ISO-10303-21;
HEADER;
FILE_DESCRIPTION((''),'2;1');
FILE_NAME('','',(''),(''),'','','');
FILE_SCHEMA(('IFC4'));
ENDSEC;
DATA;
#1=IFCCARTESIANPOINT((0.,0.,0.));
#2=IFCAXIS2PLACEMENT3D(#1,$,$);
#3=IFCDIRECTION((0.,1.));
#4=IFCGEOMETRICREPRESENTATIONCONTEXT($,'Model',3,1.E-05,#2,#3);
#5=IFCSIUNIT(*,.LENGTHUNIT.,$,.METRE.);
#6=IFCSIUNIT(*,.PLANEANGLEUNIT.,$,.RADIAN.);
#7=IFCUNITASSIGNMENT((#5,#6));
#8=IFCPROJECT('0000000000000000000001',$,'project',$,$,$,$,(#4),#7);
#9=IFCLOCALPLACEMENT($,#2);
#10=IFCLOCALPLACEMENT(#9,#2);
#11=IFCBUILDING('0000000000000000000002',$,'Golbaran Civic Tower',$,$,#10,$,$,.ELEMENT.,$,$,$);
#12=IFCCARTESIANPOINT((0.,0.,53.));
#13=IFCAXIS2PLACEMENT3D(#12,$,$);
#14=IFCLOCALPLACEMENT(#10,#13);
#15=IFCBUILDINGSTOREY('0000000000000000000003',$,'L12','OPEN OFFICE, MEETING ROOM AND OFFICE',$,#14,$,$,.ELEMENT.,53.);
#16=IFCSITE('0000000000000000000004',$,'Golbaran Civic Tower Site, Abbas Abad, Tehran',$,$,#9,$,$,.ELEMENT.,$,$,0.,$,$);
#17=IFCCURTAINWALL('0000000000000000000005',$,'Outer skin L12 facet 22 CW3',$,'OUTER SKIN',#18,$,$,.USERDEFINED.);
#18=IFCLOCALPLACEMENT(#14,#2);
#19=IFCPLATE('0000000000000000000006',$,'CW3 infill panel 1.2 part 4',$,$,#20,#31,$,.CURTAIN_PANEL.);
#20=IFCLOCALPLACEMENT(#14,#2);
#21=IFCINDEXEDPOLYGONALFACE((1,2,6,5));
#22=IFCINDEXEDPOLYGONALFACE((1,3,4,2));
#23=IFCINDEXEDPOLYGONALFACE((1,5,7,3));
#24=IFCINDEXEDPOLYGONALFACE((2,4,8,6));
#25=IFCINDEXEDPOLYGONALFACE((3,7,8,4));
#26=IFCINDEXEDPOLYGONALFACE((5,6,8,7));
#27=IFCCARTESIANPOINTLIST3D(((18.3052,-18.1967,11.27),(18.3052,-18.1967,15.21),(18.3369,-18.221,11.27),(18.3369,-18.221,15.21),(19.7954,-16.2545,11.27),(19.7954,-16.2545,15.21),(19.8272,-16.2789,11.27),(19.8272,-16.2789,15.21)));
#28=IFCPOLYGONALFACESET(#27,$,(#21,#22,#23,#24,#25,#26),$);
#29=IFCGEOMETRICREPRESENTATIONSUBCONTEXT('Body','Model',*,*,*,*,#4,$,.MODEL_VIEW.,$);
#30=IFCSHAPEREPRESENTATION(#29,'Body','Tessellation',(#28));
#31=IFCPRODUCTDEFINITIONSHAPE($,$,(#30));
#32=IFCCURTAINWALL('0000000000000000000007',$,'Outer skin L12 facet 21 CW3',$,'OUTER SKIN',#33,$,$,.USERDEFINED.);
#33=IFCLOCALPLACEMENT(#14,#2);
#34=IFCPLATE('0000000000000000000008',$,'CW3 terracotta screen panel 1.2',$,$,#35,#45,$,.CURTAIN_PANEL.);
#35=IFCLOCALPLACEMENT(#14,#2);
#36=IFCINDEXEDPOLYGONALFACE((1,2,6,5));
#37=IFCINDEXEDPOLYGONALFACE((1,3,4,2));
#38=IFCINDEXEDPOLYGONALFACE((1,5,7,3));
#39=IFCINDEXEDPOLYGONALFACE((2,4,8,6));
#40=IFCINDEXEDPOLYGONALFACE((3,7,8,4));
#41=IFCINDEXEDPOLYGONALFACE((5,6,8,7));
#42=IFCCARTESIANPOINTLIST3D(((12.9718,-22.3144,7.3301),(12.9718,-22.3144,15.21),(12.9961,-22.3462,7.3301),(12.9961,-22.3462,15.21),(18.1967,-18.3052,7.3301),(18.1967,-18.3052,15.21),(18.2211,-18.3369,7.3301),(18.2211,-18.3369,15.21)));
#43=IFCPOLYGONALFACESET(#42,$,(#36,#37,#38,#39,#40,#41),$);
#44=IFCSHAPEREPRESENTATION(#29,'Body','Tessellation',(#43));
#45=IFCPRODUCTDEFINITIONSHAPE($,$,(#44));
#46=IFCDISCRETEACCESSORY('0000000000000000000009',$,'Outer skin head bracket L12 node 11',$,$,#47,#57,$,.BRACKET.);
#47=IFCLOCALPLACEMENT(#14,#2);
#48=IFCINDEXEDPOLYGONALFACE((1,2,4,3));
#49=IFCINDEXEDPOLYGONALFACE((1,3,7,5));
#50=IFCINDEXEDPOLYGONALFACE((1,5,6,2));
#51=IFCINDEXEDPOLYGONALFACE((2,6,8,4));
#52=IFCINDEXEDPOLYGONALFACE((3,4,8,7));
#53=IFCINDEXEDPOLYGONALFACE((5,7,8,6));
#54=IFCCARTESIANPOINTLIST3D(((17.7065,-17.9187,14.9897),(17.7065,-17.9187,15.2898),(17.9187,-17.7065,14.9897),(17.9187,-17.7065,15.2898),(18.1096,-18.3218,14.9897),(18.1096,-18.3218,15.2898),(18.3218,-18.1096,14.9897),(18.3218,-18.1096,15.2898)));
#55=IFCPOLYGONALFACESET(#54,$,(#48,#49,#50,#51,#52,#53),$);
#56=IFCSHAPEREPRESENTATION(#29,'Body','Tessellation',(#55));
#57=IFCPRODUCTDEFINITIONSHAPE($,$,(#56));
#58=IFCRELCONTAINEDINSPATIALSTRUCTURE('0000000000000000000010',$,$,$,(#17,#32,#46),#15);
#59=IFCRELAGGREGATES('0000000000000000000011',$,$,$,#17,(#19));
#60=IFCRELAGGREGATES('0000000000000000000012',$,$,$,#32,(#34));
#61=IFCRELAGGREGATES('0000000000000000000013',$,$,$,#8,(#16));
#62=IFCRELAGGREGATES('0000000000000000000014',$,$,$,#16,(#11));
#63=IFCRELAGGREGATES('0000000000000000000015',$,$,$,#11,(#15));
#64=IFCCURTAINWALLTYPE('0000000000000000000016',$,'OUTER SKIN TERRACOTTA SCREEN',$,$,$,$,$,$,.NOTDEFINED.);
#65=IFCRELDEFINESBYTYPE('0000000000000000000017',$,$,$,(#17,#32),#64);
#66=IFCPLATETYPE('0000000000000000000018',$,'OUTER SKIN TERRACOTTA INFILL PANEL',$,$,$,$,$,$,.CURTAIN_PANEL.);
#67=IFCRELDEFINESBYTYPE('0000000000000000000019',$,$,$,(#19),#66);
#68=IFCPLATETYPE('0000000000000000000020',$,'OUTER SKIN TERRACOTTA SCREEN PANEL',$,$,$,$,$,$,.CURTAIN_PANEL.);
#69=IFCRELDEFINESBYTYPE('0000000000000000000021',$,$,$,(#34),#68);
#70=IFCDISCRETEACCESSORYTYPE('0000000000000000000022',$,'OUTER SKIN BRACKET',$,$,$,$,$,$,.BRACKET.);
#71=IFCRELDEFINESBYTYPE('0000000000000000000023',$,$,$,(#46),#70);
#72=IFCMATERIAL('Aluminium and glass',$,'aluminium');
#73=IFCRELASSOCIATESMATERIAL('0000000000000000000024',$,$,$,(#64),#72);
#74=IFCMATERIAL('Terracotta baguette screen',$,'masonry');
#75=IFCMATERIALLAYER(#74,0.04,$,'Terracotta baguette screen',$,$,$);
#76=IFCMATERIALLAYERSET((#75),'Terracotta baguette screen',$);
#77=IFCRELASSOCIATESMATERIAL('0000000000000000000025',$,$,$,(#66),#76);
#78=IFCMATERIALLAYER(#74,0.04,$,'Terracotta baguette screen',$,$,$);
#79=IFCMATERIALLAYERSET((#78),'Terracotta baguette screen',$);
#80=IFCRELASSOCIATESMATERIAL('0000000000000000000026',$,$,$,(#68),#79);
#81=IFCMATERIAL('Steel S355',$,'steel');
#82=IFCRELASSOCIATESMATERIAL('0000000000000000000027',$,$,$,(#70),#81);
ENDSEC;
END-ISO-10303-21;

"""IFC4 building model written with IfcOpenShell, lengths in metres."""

from ifc_helpers import new_model, si_unit, direction, frame, origin, origin_2d, place, context, subcontext, project, spatial, rectangle, extrude, material, layer, layer_set, type_object, element, aggregate, save


model = new_model("IFC4")

# Units and contexts
model_context = context("Model", 3, precision=1e-05, world=origin(), true_north=direction((0.0, 1.0)))
body_context = subcontext(model_context, "Body", "Model", "MODEL_VIEW")
ifc_project = project(units=[si_unit("LENGTHUNIT", "METRE"), si_unit("PLANEANGLEUNIT", "RADIAN")], contexts=[model_context])

# Site, building, storey
site_placement = place(None, origin())
site = spatial("IfcSite", under=ifc_project, at=site_placement, Name="Golbaran Civic Tower Site, Abbas Abad, Tehran", CompositionType="ELEMENT", RefElevation=0.0)
building_placement = place(site_placement, origin())
building = spatial("IfcBuilding", under=site, at=building_placement, Name="Golbaran Civic Tower", CompositionType="ELEMENT")
storey_placement = place(building_placement, frame((0.0, 0.0, 53.0)))
storey = spatial("IfcBuildingStorey", under=building, at=storey_placement, Name="L12", Description="OPEN OFFICE, MEETING ROOM AND OFFICE", CompositionType="ELEMENT", Elevation=53.0)

# Curtain wall
ifc_material_1 = material(Name="Aluminium and glass", Category="aluminium")
curtain_wall_type_1 = type_object("IfcCurtainWallType", Name="OUTER SKIN TERRACOTTA SCREEN", PredefinedType="NOTDEFINED", material=ifc_material_1)
curtain_wall_1_placement = place(storey_placement, origin())
curtain_wall_1 = element("IfcCurtainWall", 1, at=curtain_wall_1_placement, inside=storey, type_object=curtain_wall_type_1, Name="Outer skin L12 facet 22 CW3", ObjectType="OUTER SKIN", PredefinedType="USERDEFINED")

# Plate
ifc_material_2 = material(Name="Terracotta baguette screen", Category="masonry")
ifc_layer_1 = layer(ifc_material_2, 0.04, Name="Terracotta baguette screen")
ifc_layer_set_1 = layer_set([ifc_layer_1], Name="Terracotta baguette screen")
plate_type_1 = type_object("IfcPlateType", Name="OUTER SKIN TERRACOTTA INFILL PANEL", PredefinedType="CURTAIN_PANEL", material=ifc_layer_set_1)
plate_1_placement = place(storey_placement, frame((19.0662, -17.2378, 11.27), z_axis=(0.0, 0.0, 1.0), x_axis=(0.608761, 0.793353, 0.0)))
plate_1 = element("IfcPlate", 2, at=plate_1_placement, type_object=plate_type_1, Name="CW3 infill panel 1.2 part 4", PredefinedType="CURTAIN_PANEL", context=body_context, shape_type="SweptSolid", body=[
    extrude(rectangle(XDim=2.448, YDim=0.04, at=origin_2d()), origin(), (0.0, 0.0, 1.0), 3.9399),
])
aggregate(curtain_wall_1, [plate_1])

# Curtain wall, plate
curtain_wall_2_placement = place(storey_placement, origin())
curtain_wall_2 = element("IfcCurtainWall", 3, at=curtain_wall_2_placement, inside=storey, type_object=curtain_wall_type_1, Name="Outer skin L12 facet 21 CW3", ObjectType="OUTER SKIN", PredefinedType="USERDEFINED")
ifc_layer_2 = layer(ifc_material_2, 0.04, Name="Terracotta baguette screen")
ifc_layer_set_2 = layer_set([ifc_layer_2], Name="Terracotta baguette screen")
plate_type_2 = type_object("IfcPlateType", Name="OUTER SKIN TERRACOTTA SCREEN PANEL", PredefinedType="CURTAIN_PANEL", material=ifc_layer_set_2)
plate_2_placement = place(storey_placement, frame((15.5964, -20.3257, 7.3301), z_axis=(0.0, 0.0, 1.0), x_axis=(0.793353, 0.608761, 0.0)))
plate_2 = element("IfcPlate", 4, at=plate_2_placement, type_object=plate_type_2, Name="CW3 terracotta screen panel 1.2", PredefinedType="CURTAIN_PANEL", context=body_context, shape_type="SweptSolid", body=[
    extrude(rectangle(XDim=6.5859, YDim=0.04, at=origin_2d()), origin(), (0.0, 0.0, 1.0), 7.8799),
])
aggregate(curtain_wall_2, [plate_2])

# Discrete accessory
ifc_material_3 = material(Name="Steel S355", Category="steel")
discrete_accessory_type = type_object("IfcDiscreteAccessoryType", Name="OUTER SKIN BRACKET", PredefinedType="BRACKET", material=ifc_material_3)
discrete_accessory_placement = place(storey_placement, frame((18.0142, -18.0142, 14.9897), z_axis=(0.0, 0.0, 1.0), x_axis=(0.707107, -0.707107, 0.0)))
element("IfcDiscreteAccessory", 5, at=discrete_accessory_placement, inside=storey, type_object=discrete_accessory_type, Name="Outer skin head bracket L12 node 11", PredefinedType="BRACKET", context=body_context, shape_type="SweptSolid", body=[
    extrude(rectangle(XDim=0.5701, YDim=0.3, at=origin_2d()), origin(), (0.0, 0.0, 1.0), 0.3),
])

save(model, "model.ifc")
